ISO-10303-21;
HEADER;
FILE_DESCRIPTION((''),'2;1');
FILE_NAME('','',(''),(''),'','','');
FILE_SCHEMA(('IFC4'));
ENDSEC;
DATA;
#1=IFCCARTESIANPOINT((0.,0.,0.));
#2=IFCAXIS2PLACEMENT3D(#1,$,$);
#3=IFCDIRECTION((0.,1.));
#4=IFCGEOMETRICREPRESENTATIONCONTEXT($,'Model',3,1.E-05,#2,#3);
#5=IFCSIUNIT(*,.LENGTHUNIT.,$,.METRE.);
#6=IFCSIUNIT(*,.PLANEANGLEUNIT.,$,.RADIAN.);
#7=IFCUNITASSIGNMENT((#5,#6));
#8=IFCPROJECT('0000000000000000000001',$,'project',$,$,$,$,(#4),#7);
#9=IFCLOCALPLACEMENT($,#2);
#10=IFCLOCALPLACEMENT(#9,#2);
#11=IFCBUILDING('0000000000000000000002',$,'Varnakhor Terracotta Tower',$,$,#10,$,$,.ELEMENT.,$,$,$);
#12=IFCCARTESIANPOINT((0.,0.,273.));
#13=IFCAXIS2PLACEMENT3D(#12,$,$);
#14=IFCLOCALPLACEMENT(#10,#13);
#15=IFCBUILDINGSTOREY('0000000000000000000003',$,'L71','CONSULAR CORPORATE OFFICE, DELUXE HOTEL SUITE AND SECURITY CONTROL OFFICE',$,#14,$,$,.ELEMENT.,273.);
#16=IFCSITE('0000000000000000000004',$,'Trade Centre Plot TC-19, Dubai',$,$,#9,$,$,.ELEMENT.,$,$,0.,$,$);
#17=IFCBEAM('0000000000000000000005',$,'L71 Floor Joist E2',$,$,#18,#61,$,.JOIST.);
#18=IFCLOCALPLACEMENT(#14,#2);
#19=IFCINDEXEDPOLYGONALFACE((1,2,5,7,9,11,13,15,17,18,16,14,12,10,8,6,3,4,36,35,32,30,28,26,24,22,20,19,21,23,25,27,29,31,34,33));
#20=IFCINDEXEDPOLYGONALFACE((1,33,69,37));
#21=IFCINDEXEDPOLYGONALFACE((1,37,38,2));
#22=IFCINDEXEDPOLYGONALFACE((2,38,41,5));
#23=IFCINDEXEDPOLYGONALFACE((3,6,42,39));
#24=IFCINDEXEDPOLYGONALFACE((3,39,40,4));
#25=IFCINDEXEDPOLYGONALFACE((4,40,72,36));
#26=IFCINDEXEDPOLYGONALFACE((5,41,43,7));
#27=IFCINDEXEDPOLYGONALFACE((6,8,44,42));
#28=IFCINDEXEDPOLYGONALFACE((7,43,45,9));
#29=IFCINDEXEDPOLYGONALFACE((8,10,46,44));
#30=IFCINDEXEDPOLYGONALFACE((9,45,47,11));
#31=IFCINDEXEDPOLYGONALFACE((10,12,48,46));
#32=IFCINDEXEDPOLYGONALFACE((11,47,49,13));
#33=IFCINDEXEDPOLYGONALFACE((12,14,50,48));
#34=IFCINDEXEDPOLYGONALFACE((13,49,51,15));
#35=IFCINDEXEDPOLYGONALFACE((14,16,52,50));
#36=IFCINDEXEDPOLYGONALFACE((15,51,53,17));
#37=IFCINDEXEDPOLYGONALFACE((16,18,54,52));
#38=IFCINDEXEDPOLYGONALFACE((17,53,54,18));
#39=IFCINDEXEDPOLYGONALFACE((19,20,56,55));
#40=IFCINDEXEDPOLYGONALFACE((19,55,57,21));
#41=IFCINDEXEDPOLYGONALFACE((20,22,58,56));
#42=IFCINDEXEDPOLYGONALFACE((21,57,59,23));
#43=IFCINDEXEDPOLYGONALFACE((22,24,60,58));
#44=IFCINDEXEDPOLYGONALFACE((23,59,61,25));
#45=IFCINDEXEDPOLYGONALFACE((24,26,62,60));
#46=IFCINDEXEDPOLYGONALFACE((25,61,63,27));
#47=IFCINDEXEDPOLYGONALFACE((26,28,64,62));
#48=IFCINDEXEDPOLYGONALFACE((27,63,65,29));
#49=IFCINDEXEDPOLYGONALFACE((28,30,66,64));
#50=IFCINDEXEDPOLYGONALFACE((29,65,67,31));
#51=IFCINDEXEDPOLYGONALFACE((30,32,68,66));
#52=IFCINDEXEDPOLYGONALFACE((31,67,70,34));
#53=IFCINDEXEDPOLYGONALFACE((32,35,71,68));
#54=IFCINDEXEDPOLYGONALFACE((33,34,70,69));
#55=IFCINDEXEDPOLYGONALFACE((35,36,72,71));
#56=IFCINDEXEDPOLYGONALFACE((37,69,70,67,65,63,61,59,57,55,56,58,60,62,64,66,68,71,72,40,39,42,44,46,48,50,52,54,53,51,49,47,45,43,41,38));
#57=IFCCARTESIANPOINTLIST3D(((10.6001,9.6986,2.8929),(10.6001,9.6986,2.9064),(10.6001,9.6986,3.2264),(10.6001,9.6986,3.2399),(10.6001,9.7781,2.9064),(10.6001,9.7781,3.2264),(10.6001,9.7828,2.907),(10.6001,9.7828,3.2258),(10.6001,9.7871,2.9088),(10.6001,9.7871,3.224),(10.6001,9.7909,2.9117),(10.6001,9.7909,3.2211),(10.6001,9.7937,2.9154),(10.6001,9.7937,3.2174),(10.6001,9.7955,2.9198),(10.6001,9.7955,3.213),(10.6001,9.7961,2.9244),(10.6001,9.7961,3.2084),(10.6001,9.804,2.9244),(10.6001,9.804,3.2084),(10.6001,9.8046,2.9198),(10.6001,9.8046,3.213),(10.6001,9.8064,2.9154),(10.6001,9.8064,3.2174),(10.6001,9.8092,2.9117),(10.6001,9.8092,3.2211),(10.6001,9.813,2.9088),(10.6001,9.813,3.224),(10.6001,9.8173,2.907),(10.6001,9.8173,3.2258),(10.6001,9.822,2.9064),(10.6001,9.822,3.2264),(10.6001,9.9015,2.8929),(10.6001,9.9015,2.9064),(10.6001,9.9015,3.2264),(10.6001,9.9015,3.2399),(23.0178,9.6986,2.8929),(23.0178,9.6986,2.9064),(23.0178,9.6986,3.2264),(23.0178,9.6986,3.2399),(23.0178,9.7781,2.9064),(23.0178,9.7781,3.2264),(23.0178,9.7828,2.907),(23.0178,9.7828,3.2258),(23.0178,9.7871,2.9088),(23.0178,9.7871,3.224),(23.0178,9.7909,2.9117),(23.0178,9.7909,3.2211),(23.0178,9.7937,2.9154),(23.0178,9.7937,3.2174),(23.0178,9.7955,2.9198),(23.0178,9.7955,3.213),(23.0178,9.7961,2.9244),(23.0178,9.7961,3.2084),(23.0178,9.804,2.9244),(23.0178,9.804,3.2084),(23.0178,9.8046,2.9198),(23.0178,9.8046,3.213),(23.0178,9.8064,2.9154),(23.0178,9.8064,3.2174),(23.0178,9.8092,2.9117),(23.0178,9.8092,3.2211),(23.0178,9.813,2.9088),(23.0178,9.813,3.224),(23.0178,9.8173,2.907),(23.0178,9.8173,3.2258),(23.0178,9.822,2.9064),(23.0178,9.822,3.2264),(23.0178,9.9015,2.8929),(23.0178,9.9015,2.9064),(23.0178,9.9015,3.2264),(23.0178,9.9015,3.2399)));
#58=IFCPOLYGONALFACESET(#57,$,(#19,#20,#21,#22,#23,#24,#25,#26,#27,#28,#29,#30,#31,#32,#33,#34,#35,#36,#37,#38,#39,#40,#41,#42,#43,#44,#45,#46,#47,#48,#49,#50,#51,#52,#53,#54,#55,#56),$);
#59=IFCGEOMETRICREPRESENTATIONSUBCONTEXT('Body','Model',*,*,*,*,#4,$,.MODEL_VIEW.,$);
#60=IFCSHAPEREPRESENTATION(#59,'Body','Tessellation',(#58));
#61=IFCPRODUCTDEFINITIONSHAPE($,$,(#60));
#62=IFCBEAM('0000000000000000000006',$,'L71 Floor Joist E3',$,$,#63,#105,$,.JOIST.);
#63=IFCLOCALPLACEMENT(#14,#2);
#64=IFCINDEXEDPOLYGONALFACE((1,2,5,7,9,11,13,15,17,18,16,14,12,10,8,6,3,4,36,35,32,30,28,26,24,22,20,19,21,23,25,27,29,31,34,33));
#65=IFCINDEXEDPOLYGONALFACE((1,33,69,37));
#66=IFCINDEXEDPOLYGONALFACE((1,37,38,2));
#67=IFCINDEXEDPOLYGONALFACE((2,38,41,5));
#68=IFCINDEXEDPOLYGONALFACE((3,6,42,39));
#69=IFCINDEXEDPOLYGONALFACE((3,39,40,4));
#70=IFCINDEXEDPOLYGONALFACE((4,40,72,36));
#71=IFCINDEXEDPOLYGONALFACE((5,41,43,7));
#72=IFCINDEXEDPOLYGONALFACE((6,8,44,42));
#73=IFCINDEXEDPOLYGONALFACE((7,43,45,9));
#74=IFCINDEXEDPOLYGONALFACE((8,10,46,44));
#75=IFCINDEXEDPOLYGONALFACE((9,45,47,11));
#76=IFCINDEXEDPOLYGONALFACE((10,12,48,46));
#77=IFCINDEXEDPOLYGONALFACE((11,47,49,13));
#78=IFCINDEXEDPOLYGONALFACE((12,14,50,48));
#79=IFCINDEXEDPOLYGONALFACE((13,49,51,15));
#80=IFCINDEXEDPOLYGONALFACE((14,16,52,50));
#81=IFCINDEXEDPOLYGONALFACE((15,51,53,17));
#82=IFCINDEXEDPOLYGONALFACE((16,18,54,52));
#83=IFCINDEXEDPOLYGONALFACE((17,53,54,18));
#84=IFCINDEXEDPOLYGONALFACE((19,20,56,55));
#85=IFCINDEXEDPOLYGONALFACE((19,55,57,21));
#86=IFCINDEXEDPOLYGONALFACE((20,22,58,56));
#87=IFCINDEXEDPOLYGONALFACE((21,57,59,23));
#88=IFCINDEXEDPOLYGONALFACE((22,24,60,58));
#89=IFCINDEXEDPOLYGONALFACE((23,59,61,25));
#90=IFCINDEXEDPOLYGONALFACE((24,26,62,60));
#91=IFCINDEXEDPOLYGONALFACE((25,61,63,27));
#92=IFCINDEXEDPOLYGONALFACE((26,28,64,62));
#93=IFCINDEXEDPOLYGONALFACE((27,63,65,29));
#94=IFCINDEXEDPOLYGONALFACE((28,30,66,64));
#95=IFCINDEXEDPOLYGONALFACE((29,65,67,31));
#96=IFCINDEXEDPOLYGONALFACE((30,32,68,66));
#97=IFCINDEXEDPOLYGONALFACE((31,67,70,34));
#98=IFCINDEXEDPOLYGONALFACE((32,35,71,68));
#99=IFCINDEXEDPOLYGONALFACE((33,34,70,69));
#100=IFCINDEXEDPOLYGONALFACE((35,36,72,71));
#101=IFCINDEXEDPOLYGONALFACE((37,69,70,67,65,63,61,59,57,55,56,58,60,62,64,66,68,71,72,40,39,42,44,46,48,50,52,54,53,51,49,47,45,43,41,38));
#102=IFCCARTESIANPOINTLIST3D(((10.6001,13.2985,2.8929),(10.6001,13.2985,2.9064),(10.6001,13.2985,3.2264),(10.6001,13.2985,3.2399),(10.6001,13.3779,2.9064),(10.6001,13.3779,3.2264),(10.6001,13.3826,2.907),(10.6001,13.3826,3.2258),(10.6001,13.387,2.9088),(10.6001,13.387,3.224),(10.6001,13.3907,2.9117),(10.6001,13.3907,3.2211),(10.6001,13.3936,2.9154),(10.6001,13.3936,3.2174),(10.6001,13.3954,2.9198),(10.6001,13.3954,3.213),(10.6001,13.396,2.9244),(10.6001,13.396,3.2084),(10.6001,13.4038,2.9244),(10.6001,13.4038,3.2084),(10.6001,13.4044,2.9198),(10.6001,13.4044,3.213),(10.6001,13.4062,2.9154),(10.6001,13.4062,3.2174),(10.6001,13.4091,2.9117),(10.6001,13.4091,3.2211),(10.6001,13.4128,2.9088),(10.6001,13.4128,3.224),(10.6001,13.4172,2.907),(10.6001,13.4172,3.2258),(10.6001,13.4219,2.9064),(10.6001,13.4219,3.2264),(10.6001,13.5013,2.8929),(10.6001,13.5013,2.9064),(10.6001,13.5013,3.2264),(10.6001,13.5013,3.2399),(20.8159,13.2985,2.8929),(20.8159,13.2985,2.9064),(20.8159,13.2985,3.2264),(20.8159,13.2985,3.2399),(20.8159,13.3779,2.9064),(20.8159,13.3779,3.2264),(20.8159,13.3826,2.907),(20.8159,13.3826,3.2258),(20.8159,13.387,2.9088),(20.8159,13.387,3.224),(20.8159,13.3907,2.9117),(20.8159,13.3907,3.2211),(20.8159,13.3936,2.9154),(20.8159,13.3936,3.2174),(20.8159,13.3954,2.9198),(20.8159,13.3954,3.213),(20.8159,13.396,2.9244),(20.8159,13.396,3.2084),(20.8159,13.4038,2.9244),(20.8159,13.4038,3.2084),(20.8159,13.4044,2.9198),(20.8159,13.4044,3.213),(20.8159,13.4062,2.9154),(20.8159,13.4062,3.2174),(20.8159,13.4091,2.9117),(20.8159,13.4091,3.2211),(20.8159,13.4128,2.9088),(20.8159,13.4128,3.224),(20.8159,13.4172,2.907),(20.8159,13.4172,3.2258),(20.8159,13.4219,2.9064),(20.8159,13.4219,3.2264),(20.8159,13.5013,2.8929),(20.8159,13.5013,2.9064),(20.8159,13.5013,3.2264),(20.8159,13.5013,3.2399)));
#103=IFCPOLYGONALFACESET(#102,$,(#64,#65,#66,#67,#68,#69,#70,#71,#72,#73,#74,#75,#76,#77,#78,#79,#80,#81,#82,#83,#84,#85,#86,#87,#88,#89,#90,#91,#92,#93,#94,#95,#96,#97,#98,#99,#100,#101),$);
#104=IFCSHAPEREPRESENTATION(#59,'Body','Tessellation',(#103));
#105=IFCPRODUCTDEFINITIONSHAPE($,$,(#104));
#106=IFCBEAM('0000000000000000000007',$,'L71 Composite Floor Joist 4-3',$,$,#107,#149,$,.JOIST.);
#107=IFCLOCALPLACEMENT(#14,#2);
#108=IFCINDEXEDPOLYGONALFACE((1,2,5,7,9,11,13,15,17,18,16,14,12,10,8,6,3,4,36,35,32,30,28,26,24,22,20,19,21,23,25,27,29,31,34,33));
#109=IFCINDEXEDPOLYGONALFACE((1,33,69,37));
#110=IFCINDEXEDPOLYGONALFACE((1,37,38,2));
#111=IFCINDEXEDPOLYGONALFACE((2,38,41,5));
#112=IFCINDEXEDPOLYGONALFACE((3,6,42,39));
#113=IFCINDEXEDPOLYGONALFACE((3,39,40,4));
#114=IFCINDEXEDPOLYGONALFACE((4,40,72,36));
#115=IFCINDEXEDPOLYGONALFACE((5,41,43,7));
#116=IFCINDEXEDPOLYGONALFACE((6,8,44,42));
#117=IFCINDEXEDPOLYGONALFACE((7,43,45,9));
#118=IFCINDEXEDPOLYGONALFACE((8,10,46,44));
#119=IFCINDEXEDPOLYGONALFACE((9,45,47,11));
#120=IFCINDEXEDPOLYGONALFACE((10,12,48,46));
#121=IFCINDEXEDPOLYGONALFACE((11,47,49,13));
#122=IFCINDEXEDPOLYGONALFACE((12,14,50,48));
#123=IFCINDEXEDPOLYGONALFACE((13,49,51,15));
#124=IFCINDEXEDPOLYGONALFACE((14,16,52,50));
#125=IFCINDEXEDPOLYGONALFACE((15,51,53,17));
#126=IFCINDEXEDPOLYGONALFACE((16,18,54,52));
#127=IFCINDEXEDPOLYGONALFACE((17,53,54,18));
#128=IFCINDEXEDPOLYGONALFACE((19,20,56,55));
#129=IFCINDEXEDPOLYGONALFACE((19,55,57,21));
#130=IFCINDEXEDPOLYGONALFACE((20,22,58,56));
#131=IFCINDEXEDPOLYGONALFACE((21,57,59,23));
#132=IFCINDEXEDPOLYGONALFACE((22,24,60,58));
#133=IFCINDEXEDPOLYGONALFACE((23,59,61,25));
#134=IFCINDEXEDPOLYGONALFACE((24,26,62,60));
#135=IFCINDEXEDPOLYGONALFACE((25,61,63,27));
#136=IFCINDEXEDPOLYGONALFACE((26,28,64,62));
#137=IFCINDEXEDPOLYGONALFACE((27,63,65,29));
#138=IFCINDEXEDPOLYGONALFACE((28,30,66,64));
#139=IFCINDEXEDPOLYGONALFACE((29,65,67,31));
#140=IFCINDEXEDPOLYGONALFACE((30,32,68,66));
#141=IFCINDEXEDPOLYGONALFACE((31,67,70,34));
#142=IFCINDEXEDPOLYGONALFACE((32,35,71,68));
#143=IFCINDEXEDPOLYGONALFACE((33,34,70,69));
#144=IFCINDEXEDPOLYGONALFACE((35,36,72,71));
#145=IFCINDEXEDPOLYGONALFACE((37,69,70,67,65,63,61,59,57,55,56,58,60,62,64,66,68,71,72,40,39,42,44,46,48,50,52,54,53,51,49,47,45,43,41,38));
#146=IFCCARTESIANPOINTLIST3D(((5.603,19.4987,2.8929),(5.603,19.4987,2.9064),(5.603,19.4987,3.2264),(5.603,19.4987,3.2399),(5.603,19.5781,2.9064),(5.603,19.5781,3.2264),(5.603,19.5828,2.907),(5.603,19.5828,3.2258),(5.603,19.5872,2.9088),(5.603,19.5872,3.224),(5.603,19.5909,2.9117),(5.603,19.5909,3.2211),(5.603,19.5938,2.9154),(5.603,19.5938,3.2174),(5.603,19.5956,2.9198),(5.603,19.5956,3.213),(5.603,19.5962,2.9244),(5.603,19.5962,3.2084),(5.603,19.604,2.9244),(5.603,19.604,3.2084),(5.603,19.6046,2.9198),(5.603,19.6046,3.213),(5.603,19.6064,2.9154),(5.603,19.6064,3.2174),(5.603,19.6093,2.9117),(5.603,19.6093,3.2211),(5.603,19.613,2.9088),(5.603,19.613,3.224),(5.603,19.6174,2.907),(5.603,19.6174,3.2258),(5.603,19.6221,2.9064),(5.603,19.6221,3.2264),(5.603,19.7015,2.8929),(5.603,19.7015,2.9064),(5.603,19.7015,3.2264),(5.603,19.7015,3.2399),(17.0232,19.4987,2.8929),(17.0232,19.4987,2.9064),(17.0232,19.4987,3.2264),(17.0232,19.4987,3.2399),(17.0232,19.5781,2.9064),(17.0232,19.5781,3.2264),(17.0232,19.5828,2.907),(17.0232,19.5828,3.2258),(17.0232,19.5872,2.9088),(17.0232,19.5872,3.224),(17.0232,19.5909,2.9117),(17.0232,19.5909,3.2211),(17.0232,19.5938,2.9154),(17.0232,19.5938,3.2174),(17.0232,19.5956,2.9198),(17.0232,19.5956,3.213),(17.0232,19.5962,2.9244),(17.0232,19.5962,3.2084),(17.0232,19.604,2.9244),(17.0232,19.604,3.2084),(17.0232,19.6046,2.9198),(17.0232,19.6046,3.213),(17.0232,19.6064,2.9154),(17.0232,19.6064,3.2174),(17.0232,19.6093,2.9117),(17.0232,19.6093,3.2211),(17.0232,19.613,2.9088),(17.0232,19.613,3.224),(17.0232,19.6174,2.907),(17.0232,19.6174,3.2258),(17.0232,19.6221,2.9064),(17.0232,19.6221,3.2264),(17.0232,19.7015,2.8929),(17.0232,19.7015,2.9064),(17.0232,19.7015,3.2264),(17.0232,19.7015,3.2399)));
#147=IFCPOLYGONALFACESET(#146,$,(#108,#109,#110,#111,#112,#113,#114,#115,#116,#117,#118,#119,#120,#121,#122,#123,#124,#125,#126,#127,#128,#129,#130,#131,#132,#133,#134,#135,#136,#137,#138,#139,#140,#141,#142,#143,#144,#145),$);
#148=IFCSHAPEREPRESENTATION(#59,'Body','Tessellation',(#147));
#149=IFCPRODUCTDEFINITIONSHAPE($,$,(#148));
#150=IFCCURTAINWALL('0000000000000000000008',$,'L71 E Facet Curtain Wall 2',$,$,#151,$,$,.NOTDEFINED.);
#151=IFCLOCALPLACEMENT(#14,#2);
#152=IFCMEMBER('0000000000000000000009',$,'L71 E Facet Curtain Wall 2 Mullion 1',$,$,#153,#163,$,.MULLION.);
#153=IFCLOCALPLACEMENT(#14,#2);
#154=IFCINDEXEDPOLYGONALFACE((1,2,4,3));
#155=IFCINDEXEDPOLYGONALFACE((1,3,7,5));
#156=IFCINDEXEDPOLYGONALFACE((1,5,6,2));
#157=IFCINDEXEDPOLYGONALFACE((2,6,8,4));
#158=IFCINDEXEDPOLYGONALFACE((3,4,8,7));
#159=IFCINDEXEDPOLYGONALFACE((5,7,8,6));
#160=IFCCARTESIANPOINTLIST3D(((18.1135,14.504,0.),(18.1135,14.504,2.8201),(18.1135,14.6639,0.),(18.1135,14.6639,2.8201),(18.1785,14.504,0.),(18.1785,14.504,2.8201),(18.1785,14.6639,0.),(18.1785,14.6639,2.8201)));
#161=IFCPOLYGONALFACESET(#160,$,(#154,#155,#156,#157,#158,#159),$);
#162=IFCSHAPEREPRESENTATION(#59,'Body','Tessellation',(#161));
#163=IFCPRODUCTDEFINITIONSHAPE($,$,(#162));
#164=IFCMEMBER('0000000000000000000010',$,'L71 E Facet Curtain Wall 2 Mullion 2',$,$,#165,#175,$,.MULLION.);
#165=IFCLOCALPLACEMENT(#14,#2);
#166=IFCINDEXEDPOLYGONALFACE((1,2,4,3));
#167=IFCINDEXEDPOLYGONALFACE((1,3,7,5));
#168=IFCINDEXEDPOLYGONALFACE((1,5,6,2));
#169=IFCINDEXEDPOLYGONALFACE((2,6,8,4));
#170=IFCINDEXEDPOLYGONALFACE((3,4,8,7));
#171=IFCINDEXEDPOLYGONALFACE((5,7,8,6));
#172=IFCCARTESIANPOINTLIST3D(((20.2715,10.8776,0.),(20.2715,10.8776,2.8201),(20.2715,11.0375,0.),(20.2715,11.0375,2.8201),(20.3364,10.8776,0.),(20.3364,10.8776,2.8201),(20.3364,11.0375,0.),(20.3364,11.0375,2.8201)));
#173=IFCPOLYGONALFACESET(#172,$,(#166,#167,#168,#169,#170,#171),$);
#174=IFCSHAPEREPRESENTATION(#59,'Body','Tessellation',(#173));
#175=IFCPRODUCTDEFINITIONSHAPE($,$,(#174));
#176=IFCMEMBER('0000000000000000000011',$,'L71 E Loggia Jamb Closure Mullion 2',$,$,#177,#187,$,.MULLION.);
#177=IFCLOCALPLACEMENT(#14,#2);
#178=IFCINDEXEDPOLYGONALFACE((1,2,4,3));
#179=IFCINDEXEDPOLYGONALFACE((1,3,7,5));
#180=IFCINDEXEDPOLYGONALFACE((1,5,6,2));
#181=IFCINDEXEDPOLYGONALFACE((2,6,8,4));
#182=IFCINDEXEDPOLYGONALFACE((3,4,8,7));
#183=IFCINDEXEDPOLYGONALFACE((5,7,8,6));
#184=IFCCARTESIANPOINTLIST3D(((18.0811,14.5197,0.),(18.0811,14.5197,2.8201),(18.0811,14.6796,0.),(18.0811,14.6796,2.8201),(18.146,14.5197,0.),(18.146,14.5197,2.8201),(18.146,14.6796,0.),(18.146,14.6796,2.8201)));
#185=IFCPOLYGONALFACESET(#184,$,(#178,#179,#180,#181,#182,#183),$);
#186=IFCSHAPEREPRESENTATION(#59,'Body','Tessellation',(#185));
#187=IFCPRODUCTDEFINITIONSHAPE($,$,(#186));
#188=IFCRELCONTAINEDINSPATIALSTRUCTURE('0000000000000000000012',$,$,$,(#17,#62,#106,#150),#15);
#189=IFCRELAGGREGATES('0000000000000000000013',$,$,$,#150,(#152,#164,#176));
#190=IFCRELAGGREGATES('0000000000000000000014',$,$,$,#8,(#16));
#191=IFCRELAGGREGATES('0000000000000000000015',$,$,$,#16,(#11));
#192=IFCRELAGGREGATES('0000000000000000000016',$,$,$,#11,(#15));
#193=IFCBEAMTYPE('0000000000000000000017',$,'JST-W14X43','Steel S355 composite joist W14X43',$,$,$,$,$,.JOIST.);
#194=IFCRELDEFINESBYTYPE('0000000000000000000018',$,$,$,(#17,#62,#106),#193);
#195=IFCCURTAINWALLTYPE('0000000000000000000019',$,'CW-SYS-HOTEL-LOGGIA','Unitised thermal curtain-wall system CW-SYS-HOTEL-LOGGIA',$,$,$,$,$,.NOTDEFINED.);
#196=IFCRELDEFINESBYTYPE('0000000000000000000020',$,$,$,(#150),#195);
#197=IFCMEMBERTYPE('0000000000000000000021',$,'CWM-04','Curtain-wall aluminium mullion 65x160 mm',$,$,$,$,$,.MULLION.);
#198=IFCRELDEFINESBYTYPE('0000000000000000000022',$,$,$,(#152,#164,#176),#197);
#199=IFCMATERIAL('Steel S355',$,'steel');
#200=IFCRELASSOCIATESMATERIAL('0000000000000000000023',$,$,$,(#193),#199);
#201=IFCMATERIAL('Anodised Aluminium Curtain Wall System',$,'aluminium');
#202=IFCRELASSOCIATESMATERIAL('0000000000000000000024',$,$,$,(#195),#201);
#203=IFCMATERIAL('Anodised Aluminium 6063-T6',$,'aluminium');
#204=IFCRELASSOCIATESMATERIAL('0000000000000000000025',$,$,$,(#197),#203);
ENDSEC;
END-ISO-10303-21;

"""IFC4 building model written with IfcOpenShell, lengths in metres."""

from ifc_helpers import new_model, si_unit, direction, frame, origin, origin_2d, place, context, subcontext, project, spatial, rectangle, i_section, extrude, source, transform, mapped, material, material_profile, profile_set, type_object, type_shapes, element, aggregate, save


model = new_model("IFC4")

# Units and contexts
model_context = context("Model", 3, precision=1e-05, world=origin(), true_north=direction((0.0, 1.0)))
body_context = subcontext(model_context, "Body", "Model", "MODEL_VIEW")
ifc_project = project(units=[si_unit("LENGTHUNIT", "METRE"), si_unit("PLANEANGLEUNIT", "RADIAN")], contexts=[model_context])

# Site, building, storey
site_placement = place(None, origin())
site = spatial("IfcSite", under=ifc_project, at=site_placement, Name="Trade Centre Plot TC-19, Dubai", CompositionType="ELEMENT", RefElevation=0.0)
building_placement = place(site_placement, origin())
building = spatial("IfcBuilding", under=site, at=building_placement, Name="Varnakhor Terracotta Tower", CompositionType="ELEMENT")
storey_placement = place(building_placement, frame((0.0, 0.0, 273.0)))
storey = spatial("IfcBuildingStorey", under=building, at=storey_placement, Name="L71", Description="CONSULAR CORPORATE OFFICE, DELUXE HOTEL SUITE AND SECURITY CONTROL OFFICE", CompositionType="ELEMENT", Elevation=273.0)

# Beams
ifc_material_1 = material(Name="Steel S355", Category="steel")
ifc_material_profile_1 = material_profile(ifc_material_1, i_section(OverallWidth=0.2029, OverallDepth=0.3469, WebThickness=0.0078, FlangeThickness=0.0134, FilletRadius=0.0181, at=origin_2d()), Name="W14X43")
ifc_profile_set_1 = profile_set([ifc_material_profile_1], Name="Steel S355")
beam_type_1 = type_object("IfcBeamType", Name="JST-W14X43", Description="Steel S355 composite joist W14X43", PredefinedType="JOIST", material=ifc_profile_set_1)
shared_shape_1 = source(origin(), body_context, "Body", "SweptSolid", [
    extrude(i_section(OverallWidth=0.2029, OverallDepth=0.3469, WebThickness=0.0078, FlangeThickness=0.0134, FilletRadius=0.0181, at=origin_2d()), origin(), (0.0, 0.0, 1.0), 12.4177),
])
beam_1_placement = place(storey_placement, frame((10.6001, 9.8, 3.0664), z_axis=(1.0, 0.0, 0.0), x_axis=(0.0, 1.0, 0.0)))
element("IfcBeam", 1, at=beam_1_placement, inside=storey, type_object=beam_type_1, Name="L71 Floor Joist E2", PredefinedType="JOIST", context=body_context, shape_type="MappedRepresentation", body=[
    mapped(shared_shape_1, transform((0.0, 0.0, 0.0), scale=1.0)),
])
shared_shape_2 = source(origin(), body_context, "Body", "SweptSolid", [
    extrude(i_section(OverallWidth=0.2029, OverallDepth=0.3469, WebThickness=0.0078, FlangeThickness=0.0134, FilletRadius=0.0181, at=origin_2d()), origin(), (0.0, 0.0, 1.0), 10.2158),
])
beam_2_placement = place(storey_placement, frame((10.6001, 13.3999, 3.0664), z_axis=(1.0, 0.0, 0.0), x_axis=(0.0, 1.0, 0.0)))
element("IfcBeam", 2, at=beam_2_placement, inside=storey, type_object=beam_type_1, Name="L71 Floor Joist E3", PredefinedType="JOIST", context=body_context, shape_type="MappedRepresentation", body=[
    mapped(shared_shape_2, transform((0.0, 0.0, 0.0), scale=1.0)),
])
shared_shape_3 = source(origin(), body_context, "Body", "SweptSolid", [
    extrude(i_section(OverallWidth=0.2029, OverallDepth=0.3469, WebThickness=0.0078, FlangeThickness=0.0134, FilletRadius=0.0181, at=origin_2d()), origin(), (0.0, 0.0, 1.0), 11.4202),
])
beam_3_placement = place(storey_placement, frame((5.603, 19.6001, 3.0664), z_axis=(1.0, 0.0, 0.0), x_axis=(0.0, 1.0, 0.0)))
element("IfcBeam", 3, at=beam_3_placement, inside=storey, type_object=beam_type_1, Name="L71 Composite Floor Joist 4-3", PredefinedType="JOIST", context=body_context, shape_type="MappedRepresentation", body=[
    mapped(shared_shape_3, transform((0.0, 0.0, 0.0), scale=1.0)),
])

# Curtain wall, members
ifc_material_2 = material(Name="Anodised Aluminium Curtain Wall System", Category="aluminium")
curtain_wall_type = type_object("IfcCurtainWallType", Name="CW-SYS-HOTEL-LOGGIA", Description="Unitised thermal curtain-wall system CW-SYS-HOTEL-LOGGIA", PredefinedType="NOTDEFINED", material=ifc_material_2)
curtain_wall_placement = place(storey_placement, origin())
curtain_wall = element("IfcCurtainWall", 4, at=curtain_wall_placement, inside=storey, type_object=curtain_wall_type, Name="L71 E Facet Curtain Wall 2", PredefinedType="NOTDEFINED")
ifc_material_3 = material(Name="Anodised Aluminium 6063-T6", Category="aluminium")
ifc_material_profile_2 = material_profile(ifc_material_3, rectangle(XDim=0.0649, YDim=0.1599, at=origin_2d()), Name="ALU MULLION 65x160")
ifc_profile_set_2 = profile_set([ifc_material_profile_2], Name="Anodised Aluminium 6063-T6")
member_type_1 = type_object("IfcMemberType", Name="CWM-04", Description="Curtain-wall aluminium mullion 65x160 mm", PredefinedType="MULLION", material=ifc_profile_set_2)
shared_shape_4 = source(origin(), body_context, "Body", "SweptSolid", [
    extrude(rectangle(XDim=0.0649, YDim=0.1599, at=origin_2d()), origin(), (0.0, 0.0, 1.0), 2.8201),
])
type_shapes(member_type_1, [shared_shape_4])
member_1_placement = place(storey_placement, frame((18.146, 14.584, 0.0), z_axis=(0.0, 0.0, 1.0), x_axis=(1.0, 0.0, 0.0)))
member_1 = element("IfcMember", 5, at=member_1_placement, type_object=member_type_1, Name="L71 E Facet Curtain Wall 2 Mullion 1", PredefinedType="MULLION", context=body_context, shape_type="MappedRepresentation", body=[
    mapped(shared_shape_4, transform((0.0, 0.0, 0.0), scale=1.0)),
])
member_2_placement = place(storey_placement, frame((20.304, 10.9575, 0.0), z_axis=(0.0, 0.0, 1.0), x_axis=(1.0, 0.0, 0.0)))
member_2 = element("IfcMember", 6, at=member_2_placement, type_object=member_type_1, Name="L71 E Facet Curtain Wall 2 Mullion 2", PredefinedType="MULLION", context=body_context, shape_type="MappedRepresentation", body=[
    mapped(shared_shape_4, transform((0.0, 0.0, 0.0), scale=1.0)),
])
member_3_placement = place(storey_placement, frame((18.1135, 14.5996, 0.0), z_axis=(0.0, 0.0, 1.0), x_axis=(1.0, 0.0, 0.0)))
member_3 = element("IfcMember", 7, at=member_3_placement, type_object=member_type_1, Name="L71 E Loggia Jamb Closure Mullion 2", PredefinedType="MULLION", context=body_context, shape_type="MappedRepresentation", body=[
    mapped(shared_shape_4, transform((0.0, 0.0, 0.0), scale=1.0)),
])

aggregate(curtain_wall, [member_1, member_2, member_3])

save(model, "model.ifc")
